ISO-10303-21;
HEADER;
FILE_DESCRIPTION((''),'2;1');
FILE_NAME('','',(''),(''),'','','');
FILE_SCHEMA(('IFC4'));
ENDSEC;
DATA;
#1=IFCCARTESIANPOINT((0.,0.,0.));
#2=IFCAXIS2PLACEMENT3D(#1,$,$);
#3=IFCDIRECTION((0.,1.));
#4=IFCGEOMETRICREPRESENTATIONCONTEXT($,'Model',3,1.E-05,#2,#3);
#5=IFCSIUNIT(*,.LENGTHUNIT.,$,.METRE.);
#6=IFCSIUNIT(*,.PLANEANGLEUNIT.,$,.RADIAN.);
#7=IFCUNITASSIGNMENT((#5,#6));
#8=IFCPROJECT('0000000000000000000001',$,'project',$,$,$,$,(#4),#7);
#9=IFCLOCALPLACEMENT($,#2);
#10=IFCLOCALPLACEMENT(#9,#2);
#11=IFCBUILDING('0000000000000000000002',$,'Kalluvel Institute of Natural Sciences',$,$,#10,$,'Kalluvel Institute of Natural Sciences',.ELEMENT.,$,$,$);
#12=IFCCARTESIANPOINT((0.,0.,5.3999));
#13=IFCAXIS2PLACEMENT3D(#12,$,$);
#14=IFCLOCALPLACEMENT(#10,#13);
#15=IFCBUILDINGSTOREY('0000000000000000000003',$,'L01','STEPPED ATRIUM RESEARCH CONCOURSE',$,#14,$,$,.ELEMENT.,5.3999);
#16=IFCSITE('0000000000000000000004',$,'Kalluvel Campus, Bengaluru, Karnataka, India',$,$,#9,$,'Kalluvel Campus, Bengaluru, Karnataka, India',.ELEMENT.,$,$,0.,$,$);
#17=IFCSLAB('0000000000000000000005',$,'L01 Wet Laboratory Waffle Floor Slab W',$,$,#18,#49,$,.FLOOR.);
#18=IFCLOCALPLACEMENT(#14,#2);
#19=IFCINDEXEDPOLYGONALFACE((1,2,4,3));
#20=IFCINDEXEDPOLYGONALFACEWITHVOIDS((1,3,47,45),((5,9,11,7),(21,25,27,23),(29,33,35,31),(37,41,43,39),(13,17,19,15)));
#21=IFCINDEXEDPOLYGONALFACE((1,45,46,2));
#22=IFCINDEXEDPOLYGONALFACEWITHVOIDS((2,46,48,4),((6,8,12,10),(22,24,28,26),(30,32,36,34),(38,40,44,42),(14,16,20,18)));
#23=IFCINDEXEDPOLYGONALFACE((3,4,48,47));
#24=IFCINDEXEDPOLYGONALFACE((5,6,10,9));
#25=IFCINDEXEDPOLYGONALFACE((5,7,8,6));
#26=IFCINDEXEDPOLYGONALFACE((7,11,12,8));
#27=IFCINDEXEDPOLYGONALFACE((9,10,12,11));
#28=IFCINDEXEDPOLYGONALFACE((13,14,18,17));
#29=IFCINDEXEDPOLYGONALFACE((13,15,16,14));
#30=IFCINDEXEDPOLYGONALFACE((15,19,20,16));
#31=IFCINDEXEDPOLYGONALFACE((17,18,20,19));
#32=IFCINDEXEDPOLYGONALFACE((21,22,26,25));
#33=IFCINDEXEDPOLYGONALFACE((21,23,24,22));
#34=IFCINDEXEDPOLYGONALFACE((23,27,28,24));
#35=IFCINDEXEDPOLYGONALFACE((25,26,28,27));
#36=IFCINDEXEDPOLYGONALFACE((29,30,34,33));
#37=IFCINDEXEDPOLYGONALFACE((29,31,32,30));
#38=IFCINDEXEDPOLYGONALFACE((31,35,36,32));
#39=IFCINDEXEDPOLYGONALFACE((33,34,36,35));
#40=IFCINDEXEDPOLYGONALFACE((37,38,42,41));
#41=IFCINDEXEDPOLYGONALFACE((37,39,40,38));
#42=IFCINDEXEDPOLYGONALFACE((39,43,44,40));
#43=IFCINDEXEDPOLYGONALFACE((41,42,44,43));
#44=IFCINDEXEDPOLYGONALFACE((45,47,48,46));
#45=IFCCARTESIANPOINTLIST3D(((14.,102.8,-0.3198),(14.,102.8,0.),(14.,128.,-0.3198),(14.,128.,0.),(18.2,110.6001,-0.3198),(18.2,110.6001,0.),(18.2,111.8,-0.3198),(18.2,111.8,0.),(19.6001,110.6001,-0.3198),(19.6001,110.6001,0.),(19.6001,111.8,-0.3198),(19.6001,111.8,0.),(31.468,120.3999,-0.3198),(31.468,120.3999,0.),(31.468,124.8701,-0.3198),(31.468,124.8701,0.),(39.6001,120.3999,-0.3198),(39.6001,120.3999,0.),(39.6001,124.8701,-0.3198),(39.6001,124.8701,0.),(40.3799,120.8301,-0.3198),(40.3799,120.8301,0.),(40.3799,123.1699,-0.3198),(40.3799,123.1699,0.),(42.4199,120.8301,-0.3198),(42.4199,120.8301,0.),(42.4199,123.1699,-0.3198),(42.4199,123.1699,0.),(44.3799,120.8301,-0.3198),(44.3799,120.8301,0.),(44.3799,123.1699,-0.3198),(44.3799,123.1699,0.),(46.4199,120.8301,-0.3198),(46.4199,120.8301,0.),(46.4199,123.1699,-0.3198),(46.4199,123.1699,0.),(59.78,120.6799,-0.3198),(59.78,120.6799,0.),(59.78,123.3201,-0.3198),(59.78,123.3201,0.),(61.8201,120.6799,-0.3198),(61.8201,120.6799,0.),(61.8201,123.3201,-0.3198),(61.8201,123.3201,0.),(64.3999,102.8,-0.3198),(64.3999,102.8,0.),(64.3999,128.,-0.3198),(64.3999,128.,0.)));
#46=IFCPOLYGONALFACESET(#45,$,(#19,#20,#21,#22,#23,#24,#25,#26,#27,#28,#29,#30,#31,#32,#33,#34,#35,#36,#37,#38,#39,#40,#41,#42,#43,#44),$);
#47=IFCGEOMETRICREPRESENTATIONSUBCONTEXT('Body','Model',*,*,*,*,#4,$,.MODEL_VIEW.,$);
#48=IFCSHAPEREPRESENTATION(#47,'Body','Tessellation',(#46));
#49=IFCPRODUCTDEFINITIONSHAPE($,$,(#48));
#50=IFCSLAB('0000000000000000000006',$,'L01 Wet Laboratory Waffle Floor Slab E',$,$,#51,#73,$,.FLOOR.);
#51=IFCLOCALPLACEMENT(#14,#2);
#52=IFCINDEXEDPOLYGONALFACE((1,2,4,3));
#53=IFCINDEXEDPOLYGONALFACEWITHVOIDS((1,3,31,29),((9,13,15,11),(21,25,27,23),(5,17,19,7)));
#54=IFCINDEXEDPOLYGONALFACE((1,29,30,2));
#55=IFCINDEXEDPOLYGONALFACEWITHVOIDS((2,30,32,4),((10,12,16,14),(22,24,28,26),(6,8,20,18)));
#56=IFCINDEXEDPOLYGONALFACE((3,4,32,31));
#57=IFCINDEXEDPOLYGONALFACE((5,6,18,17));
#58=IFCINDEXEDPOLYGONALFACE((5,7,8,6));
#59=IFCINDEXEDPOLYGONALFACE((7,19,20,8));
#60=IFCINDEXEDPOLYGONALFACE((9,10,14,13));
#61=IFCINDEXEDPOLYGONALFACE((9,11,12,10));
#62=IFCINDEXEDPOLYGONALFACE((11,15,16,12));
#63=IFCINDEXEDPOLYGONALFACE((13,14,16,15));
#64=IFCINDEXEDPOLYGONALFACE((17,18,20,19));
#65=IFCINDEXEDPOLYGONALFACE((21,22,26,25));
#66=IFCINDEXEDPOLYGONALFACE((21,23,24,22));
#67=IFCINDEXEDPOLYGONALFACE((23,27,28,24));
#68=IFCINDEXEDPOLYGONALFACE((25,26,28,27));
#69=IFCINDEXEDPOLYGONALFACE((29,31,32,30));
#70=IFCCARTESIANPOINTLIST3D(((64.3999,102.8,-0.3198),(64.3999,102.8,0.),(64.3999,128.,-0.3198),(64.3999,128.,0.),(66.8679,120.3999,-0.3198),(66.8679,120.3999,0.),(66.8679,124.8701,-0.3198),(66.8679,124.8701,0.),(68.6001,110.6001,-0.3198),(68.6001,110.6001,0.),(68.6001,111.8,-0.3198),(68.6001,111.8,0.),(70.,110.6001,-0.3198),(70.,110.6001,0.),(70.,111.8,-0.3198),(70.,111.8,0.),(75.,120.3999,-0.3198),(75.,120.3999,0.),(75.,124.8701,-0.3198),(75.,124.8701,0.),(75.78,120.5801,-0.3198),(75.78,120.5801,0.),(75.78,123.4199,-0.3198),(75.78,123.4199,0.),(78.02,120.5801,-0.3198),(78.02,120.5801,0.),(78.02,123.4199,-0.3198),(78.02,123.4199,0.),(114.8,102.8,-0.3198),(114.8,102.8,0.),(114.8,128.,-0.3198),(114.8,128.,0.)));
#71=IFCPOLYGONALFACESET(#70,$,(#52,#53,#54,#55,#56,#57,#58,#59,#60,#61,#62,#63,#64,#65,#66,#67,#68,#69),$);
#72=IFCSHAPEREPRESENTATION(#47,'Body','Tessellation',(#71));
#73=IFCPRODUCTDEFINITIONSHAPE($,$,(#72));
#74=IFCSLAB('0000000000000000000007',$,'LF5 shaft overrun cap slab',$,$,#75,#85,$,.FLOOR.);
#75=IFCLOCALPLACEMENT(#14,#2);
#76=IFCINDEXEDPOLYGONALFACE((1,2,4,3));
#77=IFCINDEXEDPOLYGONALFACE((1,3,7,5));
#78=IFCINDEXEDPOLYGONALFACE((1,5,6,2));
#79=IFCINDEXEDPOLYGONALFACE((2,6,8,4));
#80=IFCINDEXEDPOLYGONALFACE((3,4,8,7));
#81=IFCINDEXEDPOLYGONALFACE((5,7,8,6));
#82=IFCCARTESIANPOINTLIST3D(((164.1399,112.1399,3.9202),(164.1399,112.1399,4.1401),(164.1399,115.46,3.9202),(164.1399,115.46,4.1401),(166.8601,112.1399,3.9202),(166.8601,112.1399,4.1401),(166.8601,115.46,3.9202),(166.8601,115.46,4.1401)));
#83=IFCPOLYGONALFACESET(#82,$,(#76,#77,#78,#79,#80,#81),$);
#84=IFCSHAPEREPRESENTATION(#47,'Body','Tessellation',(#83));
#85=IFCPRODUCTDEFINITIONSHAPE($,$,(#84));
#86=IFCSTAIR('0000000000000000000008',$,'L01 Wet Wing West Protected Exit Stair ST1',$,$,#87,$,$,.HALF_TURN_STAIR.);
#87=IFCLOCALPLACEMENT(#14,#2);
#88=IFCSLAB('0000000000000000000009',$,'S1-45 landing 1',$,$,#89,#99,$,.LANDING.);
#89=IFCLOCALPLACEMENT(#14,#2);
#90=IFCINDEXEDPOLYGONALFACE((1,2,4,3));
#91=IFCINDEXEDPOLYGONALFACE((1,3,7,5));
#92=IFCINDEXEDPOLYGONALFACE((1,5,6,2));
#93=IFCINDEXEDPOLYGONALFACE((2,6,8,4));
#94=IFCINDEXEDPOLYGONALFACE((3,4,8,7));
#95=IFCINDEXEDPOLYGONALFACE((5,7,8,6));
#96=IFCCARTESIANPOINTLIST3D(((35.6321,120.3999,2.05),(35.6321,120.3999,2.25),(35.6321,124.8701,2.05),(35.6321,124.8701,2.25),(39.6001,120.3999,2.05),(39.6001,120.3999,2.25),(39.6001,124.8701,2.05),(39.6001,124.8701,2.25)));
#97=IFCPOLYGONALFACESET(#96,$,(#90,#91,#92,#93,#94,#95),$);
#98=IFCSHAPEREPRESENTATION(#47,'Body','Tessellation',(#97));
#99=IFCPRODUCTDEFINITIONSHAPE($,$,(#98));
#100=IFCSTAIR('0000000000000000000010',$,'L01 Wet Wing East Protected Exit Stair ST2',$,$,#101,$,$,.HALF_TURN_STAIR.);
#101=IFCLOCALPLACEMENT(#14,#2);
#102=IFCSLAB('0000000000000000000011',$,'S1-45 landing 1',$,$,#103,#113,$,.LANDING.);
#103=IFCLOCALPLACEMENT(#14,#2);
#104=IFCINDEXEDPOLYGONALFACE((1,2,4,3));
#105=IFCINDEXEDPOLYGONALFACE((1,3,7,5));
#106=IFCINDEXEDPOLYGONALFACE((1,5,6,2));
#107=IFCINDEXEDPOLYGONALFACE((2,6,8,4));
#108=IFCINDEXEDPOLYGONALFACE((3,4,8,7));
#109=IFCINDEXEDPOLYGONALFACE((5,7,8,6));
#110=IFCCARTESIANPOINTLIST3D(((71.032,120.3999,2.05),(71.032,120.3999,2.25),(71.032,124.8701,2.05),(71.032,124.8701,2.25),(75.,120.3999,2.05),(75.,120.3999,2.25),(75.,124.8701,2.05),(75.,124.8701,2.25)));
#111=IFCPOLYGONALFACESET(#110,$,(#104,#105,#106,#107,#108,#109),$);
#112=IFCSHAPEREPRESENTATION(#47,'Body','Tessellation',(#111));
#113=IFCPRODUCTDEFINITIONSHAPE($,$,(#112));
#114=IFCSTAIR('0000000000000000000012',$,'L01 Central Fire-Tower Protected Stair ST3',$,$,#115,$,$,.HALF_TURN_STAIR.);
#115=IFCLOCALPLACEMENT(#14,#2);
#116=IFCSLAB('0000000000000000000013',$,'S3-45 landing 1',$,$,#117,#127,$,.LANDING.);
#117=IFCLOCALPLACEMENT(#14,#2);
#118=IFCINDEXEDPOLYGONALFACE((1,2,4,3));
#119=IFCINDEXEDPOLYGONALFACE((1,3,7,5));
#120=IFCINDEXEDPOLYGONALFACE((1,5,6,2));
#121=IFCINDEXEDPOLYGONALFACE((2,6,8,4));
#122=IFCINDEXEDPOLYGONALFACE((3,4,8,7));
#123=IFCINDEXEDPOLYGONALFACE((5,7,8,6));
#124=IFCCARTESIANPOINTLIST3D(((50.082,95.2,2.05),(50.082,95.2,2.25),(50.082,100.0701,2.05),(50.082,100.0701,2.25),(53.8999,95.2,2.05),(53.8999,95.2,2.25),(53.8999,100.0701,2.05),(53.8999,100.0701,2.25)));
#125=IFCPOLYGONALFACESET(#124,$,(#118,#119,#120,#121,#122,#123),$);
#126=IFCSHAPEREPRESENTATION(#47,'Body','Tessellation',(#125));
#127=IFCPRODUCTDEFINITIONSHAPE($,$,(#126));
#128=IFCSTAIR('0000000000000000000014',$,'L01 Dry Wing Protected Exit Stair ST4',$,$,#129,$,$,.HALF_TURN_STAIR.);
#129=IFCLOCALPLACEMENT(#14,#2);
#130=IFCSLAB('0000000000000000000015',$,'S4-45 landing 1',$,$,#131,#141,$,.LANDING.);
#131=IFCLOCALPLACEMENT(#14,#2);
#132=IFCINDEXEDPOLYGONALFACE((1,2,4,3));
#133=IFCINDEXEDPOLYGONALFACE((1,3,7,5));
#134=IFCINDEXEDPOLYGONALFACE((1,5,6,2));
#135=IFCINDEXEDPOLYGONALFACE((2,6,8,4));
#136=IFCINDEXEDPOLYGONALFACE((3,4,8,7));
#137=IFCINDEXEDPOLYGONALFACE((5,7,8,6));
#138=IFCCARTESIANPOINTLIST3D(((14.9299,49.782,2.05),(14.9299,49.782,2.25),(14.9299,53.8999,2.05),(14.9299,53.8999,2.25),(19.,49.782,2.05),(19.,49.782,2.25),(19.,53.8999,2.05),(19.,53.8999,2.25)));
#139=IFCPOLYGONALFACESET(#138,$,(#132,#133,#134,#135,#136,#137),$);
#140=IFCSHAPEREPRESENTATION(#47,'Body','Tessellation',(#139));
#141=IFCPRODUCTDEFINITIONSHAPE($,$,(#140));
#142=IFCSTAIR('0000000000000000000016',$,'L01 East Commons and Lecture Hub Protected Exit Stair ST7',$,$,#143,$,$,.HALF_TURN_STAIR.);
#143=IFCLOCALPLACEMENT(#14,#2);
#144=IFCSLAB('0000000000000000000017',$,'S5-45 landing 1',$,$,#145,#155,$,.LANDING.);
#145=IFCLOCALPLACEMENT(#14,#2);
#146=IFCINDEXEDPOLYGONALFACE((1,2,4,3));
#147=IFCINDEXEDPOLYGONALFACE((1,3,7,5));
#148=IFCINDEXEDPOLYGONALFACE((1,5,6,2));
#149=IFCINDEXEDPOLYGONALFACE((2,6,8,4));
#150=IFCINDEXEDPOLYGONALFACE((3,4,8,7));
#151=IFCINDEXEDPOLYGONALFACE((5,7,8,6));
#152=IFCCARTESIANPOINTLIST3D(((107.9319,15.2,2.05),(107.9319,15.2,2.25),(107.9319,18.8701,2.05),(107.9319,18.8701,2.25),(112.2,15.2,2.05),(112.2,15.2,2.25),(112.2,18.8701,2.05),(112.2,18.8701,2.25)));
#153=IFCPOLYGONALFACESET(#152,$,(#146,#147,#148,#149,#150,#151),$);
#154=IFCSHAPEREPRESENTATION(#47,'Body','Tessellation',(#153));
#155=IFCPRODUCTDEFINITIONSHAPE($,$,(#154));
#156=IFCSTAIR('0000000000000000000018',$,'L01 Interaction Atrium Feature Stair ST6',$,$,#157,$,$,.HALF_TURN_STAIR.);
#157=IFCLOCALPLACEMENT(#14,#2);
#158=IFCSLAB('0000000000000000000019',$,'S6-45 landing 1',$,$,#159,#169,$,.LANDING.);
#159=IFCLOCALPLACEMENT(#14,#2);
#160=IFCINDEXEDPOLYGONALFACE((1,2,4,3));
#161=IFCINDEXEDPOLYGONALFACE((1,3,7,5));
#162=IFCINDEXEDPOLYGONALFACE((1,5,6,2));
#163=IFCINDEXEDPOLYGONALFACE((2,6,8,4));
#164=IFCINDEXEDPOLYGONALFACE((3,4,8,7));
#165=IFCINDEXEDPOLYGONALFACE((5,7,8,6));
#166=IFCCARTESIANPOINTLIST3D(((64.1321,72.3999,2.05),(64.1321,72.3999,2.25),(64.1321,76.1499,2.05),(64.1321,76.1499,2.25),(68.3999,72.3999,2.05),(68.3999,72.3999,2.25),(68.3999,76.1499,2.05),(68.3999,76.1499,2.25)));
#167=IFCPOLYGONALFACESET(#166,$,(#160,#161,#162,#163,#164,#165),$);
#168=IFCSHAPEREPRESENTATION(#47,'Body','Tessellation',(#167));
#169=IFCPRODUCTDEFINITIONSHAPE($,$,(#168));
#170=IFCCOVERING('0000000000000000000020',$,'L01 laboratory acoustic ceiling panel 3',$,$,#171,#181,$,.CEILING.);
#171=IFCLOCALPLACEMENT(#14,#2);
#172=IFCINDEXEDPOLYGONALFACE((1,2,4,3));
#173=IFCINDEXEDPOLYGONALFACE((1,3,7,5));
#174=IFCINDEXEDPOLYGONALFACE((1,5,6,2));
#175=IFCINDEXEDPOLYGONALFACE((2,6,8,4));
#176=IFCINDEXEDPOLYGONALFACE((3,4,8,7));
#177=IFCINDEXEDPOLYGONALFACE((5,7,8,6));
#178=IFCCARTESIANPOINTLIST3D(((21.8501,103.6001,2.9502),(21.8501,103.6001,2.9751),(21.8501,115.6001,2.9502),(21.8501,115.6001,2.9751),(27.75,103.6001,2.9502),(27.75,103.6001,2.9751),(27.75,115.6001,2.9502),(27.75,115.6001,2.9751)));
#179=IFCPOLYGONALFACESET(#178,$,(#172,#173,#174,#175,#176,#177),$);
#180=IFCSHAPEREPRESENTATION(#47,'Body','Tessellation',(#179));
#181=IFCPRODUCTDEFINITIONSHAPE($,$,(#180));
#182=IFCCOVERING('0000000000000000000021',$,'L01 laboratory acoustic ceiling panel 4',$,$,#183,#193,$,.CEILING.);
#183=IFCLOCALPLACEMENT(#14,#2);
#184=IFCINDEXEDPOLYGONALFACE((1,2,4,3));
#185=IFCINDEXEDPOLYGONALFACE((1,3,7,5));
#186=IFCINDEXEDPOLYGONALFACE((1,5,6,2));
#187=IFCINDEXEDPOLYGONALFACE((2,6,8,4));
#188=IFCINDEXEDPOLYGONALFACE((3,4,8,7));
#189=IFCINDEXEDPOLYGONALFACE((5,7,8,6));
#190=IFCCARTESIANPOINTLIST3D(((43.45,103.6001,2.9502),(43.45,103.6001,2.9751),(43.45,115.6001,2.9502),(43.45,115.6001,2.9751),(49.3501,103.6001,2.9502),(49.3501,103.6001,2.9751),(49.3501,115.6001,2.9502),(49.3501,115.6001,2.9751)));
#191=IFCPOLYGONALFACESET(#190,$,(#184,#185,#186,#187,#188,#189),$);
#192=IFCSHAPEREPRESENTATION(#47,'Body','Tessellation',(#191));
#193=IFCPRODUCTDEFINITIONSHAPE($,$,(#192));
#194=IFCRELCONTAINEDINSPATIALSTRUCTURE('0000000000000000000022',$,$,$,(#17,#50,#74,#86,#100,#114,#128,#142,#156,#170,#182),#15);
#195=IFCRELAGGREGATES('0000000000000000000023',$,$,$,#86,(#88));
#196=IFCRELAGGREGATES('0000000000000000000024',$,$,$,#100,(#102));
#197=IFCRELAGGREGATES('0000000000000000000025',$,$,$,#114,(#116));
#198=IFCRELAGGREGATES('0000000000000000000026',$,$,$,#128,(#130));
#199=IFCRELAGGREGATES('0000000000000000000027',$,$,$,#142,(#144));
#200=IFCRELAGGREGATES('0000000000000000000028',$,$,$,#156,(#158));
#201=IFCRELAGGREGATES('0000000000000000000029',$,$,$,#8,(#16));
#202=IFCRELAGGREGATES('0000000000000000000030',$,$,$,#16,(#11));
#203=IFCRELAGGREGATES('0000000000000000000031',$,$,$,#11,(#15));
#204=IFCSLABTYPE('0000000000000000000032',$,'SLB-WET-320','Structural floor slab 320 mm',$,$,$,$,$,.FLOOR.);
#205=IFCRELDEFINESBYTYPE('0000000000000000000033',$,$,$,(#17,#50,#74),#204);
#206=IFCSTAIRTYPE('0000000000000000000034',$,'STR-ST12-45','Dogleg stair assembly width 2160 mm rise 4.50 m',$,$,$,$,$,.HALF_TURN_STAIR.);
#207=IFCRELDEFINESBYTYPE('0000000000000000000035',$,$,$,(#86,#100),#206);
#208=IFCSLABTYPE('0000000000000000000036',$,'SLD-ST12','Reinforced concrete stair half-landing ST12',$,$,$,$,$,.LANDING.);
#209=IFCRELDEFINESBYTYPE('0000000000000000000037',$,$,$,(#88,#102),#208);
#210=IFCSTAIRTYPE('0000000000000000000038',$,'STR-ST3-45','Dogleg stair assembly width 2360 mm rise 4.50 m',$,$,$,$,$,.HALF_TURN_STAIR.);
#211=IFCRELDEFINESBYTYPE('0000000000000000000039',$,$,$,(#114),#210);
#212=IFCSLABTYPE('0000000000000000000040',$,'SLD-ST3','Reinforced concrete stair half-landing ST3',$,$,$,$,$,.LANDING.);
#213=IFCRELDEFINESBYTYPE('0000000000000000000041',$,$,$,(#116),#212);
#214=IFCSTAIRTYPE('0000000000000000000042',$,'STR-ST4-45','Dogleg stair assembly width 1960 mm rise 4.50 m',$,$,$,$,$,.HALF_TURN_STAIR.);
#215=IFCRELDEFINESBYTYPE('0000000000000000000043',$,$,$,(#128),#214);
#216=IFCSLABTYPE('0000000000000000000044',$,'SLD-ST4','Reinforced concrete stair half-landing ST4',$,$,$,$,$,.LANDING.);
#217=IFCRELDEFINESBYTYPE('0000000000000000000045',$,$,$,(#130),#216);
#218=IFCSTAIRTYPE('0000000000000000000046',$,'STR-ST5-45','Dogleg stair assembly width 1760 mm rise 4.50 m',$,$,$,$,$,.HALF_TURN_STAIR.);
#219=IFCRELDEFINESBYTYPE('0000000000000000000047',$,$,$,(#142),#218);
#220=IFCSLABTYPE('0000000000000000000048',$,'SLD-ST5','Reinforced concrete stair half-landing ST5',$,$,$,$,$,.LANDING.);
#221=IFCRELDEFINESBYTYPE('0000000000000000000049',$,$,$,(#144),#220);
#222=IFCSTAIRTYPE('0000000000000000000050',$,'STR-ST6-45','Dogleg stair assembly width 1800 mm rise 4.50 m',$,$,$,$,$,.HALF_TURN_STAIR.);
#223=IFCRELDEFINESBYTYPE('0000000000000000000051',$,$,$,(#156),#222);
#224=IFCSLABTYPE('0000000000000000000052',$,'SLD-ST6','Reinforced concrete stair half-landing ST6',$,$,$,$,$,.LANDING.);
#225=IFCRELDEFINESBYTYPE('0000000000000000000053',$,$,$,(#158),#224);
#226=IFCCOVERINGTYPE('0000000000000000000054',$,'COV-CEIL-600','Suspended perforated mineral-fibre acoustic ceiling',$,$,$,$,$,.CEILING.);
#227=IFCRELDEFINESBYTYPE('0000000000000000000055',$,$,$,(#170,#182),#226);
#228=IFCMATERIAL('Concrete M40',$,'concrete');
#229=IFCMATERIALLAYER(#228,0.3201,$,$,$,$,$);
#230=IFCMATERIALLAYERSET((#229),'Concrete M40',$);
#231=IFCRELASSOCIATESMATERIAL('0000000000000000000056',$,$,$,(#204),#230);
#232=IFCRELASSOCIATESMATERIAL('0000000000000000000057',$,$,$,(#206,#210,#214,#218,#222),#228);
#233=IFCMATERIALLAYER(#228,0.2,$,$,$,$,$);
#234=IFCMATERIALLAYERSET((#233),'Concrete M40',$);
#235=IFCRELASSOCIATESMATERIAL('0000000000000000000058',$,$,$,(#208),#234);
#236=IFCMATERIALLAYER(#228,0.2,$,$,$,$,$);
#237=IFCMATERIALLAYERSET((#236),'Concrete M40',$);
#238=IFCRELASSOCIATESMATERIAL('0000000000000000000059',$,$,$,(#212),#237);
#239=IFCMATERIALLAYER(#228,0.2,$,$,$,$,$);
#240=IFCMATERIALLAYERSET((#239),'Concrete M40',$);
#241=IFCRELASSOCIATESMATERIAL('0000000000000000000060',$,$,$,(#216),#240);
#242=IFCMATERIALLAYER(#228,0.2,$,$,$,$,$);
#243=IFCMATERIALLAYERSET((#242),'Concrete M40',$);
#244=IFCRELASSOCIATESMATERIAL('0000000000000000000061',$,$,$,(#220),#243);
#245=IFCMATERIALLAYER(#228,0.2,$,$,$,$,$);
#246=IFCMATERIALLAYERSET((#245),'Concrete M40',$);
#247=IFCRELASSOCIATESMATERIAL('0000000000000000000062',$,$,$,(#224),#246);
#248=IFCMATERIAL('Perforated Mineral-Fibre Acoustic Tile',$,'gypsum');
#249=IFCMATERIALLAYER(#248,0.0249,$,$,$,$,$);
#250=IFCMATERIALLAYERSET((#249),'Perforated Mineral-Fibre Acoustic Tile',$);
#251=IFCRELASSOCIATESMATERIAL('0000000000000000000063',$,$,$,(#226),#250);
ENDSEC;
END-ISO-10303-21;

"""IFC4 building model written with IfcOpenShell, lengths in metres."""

from ifc_helpers import new_model, si_unit, direction, frame, origin, place, context, subcontext, project, spatial, polyline, outline, extrude, material, layer, layer_set, type_object, element, aggregate, save


model = new_model("IFC4")

# Units and contexts
model_context = context("Model", 3, precision=1e-05, world=origin(), true_north=direction((0.0, 1.0)))
body_context = subcontext(model_context, "Body", "Model", "MODEL_VIEW")
ifc_project = project(units=[si_unit("LENGTHUNIT", "METRE"), si_unit("PLANEANGLEUNIT", "RADIAN")], contexts=[model_context])

# Site, building, storey
site_placement = place(None, origin())
site = spatial("IfcSite", under=ifc_project, at=site_placement, Name="Kalluvel Campus, Bengaluru, Karnataka, India", LongName="Kalluvel Campus, Bengaluru, Karnataka, India", CompositionType="ELEMENT", RefElevation=0.0)
building_placement = place(site_placement, origin())
building = spatial("IfcBuilding", under=site, at=building_placement, Name="Kalluvel Institute of Natural Sciences", LongName="Kalluvel Institute of Natural Sciences", CompositionType="ELEMENT")
storey_placement = place(building_placement, frame((0.0, 0.0, 5.3999)))
storey = spatial("IfcBuildingStorey", under=building, at=storey_placement, Name="L01", Description="STEPPED ATRIUM RESEARCH CONCOURSE", CompositionType="ELEMENT", Elevation=5.3999)

# Slabs
ifc_material_1 = material(Name="Concrete M40", Category="concrete")
ifc_layer_1 = layer(ifc_material_1, 0.3201)
ifc_layer_set_1 = layer_set([ifc_layer_1], Name="Concrete M40")
slab_type_1 = type_object("IfcSlabType", Name="SLB-WET-320", Description="Structural floor slab 320 mm", PredefinedType="FLOOR", material=ifc_layer_set_1)
slab_1_placement = place(storey_placement, frame((0.0, 0.0, -0.3198)))
element("IfcSlab", 1, at=slab_1_placement, inside=storey, type_object=slab_type_1, Name="L01 Wet Laboratory Waffle Floor Slab W", PredefinedType="FLOOR", context=body_context, shape_type="SweptSolid", body=[
    extrude(outline(polyline([(14.0, 102.8), (64.3999, 102.8), (64.3999, 128.0), (14.0, 128.0), (14.0, 102.8)]), holes=[polyline([(61.8201, 120.6799), (59.78, 120.6799), (59.78, 123.3201), (61.8201, 123.3201), (61.8201, 120.6799)]), polyline([(46.4199, 123.1699), (46.4199, 120.8301), (44.3799, 120.8301), (44.3799, 123.1699), (46.4199, 123.1699)]), polyline([(42.4199, 123.1699), (42.4199, 120.8301), (40.3799, 120.8301), (40.3799, 123.1699), (42.4199, 123.1699)]), polyline([(39.6001, 120.3999), (31.468, 120.3999), (31.468, 124.8701), (39.6001, 124.8701), (39.6001, 120.3999)]), polyline([(19.6001, 111.8), (19.6001, 110.6001), (18.2, 110.6001), (18.2, 111.8), (19.6001, 111.8)])]), origin(), (0.0, 0.0, 1.0), 0.3198),
])
slab_2_placement = place(storey_placement, frame((0.0, 0.0, -0.3198)))
element("IfcSlab", 2, at=slab_2_placement, inside=storey, type_object=slab_type_1, Name="L01 Wet Laboratory Waffle Floor Slab E", PredefinedType="FLOOR", context=body_context, shape_type="SweptSolid", body=[
    extrude(outline(polyline([(64.3999, 102.8), (114.8, 102.8), (114.8, 128.0), (64.3999, 128.0), (64.3999, 102.8)]), holes=[polyline([(78.02, 123.4199), (78.02, 120.5801), (75.78, 120.5801), (75.78, 123.4199), (78.02, 123.4199)]), polyline([(75.0, 124.8701), (75.0, 120.3999), (66.8679, 120.3999), (66.8679, 124.8701), (75.0, 124.8701)]), polyline([(68.6001, 111.8), (70.0, 111.8), (70.0, 110.6001), (68.6001, 110.6001), (68.6001, 111.8)])]), origin(), (0.0, 0.0, 1.0), 0.3198),
])
slab_3_placement = place(storey_placement, frame((0.0, 0.0, 3.9202)))
element("IfcSlab", 3, at=slab_3_placement, inside=storey, type_object=slab_type_1, Name="LF5 shaft overrun cap slab", PredefinedType="FLOOR", context=body_context, shape_type="SweptSolid", body=[
    extrude(outline(polyline([(164.1399, 112.1399), (166.8601, 112.1399), (166.8601, 115.46), (164.1399, 115.46), (164.1399, 112.1399)])), origin(), (0.0, 0.0, 1.0), 0.22),
])

# Stairs, slabs
stair_type_1 = type_object("IfcStairType", Name="STR-ST12-45", Description="Dogleg stair assembly width 2160 mm rise 4.50 m", PredefinedType="HALF_TURN_STAIR", material=ifc_material_1)
stair_1_placement = place(storey_placement, origin())
stair_1 = element("IfcStair", 4, at=stair_1_placement, inside=storey, type_object=stair_type_1, Name="L01 Wet Wing West Protected Exit Stair ST1", PredefinedType="HALF_TURN_STAIR")
ifc_layer_2 = layer(ifc_material_1, 0.2)
ifc_layer_set_2 = layer_set([ifc_layer_2], Name="Concrete M40")
slab_type_2 = type_object("IfcSlabType", Name="SLD-ST12", Description="Reinforced concrete stair half-landing ST12", PredefinedType="LANDING", material=ifc_layer_set_2)
slab_4_placement = place(storey_placement, frame((0.0, 0.0, 2.05)))
slab_4 = element("IfcSlab", 5, at=slab_4_placement, type_object=slab_type_2, Name="S1-45 landing 1", PredefinedType="LANDING", context=body_context, shape_type="SweptSolid", body=[
    extrude(outline(polyline([(35.6321, 120.3999), (39.6001, 120.3999), (39.6001, 124.8701), (35.6321, 124.8701), (35.6321, 120.3999)])), origin(), (0.0, 0.0, 1.0), 0.2),
])
aggregate(stair_1, [slab_4])
stair_2_placement = place(storey_placement, origin())
stair_2 = element("IfcStair", 6, at=stair_2_placement, inside=storey, type_object=stair_type_1, Name="L01 Wet Wing East Protected Exit Stair ST2", PredefinedType="HALF_TURN_STAIR")
slab_5_placement = place(storey_placement, frame((0.0, 0.0, 2.05)))
slab_5 = element("IfcSlab", 7, at=slab_5_placement, type_object=slab_type_2, Name="S1-45 landing 1", PredefinedType="LANDING", context=body_context, shape_type="SweptSolid", body=[
    extrude(outline(polyline([(71.032, 120.3999), (75.0, 120.3999), (75.0, 124.8701), (71.032, 124.8701), (71.032, 120.3999)])), origin(), (0.0, 0.0, 1.0), 0.2),
])
aggregate(stair_2, [slab_5])
stair_type_2 = type_object("IfcStairType", Name="STR-ST3-45", Description="Dogleg stair assembly width 2360 mm rise 4.50 m", PredefinedType="HALF_TURN_STAIR", material=ifc_material_1)
stair_3_placement = place(storey_placement, origin())
stair_3 = element("IfcStair", 8, at=stair_3_placement, inside=storey, type_object=stair_type_2, Name="L01 Central Fire-Tower Protected Stair ST3", PredefinedType="HALF_TURN_STAIR")
ifc_layer_3 = layer(ifc_material_1, 0.2)
ifc_layer_set_3 = layer_set([ifc_layer_3], Name="Concrete M40")
slab_type_3 = type_object("IfcSlabType", Name="SLD-ST3", Description="Reinforced concrete stair half-landing ST3", PredefinedType="LANDING", material=ifc_layer_set_3)
slab_6_placement = place(storey_placement, frame((0.0, 0.0, 2.05)))
slab_6 = element("IfcSlab", 9, at=slab_6_placement, type_object=slab_type_3, Name="S3-45 landing 1", PredefinedType="LANDING", context=body_context, shape_type="SweptSolid", body=[
    extrude(outline(polyline([(50.082, 95.2), (53.8999, 95.2), (53.8999, 100.0701), (50.082, 100.0701), (50.082, 95.2)])), origin(), (0.0, 0.0, 1.0), 0.2),
])
aggregate(stair_3, [slab_6])
stair_type_3 = type_object("IfcStairType", Name="STR-ST4-45", Description="Dogleg stair assembly width 1960 mm rise 4.50 m", PredefinedType="HALF_TURN_STAIR", material=ifc_material_1)
stair_4_placement = place(storey_placement, origin())
stair_4 = element("IfcStair", 10, at=stair_4_placement, inside=storey, type_object=stair_type_3, Name="L01 Dry Wing Protected Exit Stair ST4", PredefinedType="HALF_TURN_STAIR")
ifc_layer_4 = layer(ifc_material_1, 0.2)
ifc_layer_set_4 = layer_set([ifc_layer_4], Name="Concrete M40")
slab_type_4 = type_object("IfcSlabType", Name="SLD-ST4", Description="Reinforced concrete stair half-landing ST4", PredefinedType="LANDING", material=ifc_layer_set_4)
slab_7_placement = place(storey_placement, frame((0.0, 0.0, 2.05)))
slab_7 = element("IfcSlab", 11, at=slab_7_placement, type_object=slab_type_4, Name="S4-45 landing 1", PredefinedType="LANDING", context=body_context, shape_type="SweptSolid", body=[
    extrude(outline(polyline([(19.0, 49.782), (19.0, 53.8999), (14.9299, 53.8999), (14.9299, 49.782), (19.0, 49.782)])), origin(), (0.0, 0.0, 1.0), 0.2),
])
aggregate(stair_4, [slab_7])
stair_type_4 = type_object("IfcStairType", Name="STR-ST5-45", Description="Dogleg stair assembly width 1760 mm rise 4.50 m", PredefinedType="HALF_TURN_STAIR", material=ifc_material_1)
stair_5_placement = place(storey_placement, origin())
stair_5 = element("IfcStair", 12, at=stair_5_placement, inside=storey, type_object=stair_type_4, Name="L01 East Commons and Lecture Hub Protected Exit Stair ST7", PredefinedType="HALF_TURN_STAIR")
ifc_layer_5 = layer(ifc_material_1, 0.2)
ifc_layer_set_5 = layer_set([ifc_layer_5], Name="Concrete M40")
slab_type_5 = type_object("IfcSlabType", Name="SLD-ST5", Description="Reinforced concrete stair half-landing ST5", PredefinedType="LANDING", material=ifc_layer_set_5)
slab_8_placement = place(storey_placement, frame((0.0, 0.0, 2.05)))
slab_8 = element("IfcSlab", 13, at=slab_8_placement, type_object=slab_type_5, Name="S5-45 landing 1", PredefinedType="LANDING", context=body_context, shape_type="SweptSolid", body=[
    extrude(outline(polyline([(107.9319, 15.2), (112.2, 15.2), (112.2, 18.8701), (107.9319, 18.8701), (107.9319, 15.2)])), origin(), (0.0, 0.0, 1.0), 0.2),
])
aggregate(stair_5, [slab_8])
stair_type_5 = type_object("IfcStairType", Name="STR-ST6-45", Description="Dogleg stair assembly width 1800 mm rise 4.50 m", PredefinedType="HALF_TURN_STAIR", material=ifc_material_1)
stair_6_placement = place(storey_placement, origin())
stair_6 = element("IfcStair", 14, at=stair_6_placement, inside=storey, type_object=stair_type_5, Name="L01 Interaction Atrium Feature Stair ST6", PredefinedType="HALF_TURN_STAIR")
ifc_layer_6 = layer(ifc_material_1, 0.2)
ifc_layer_set_6 = layer_set([ifc_layer_6], Name="Concrete M40")
slab_type_6 = type_object("IfcSlabType", Name="SLD-ST6", Description="Reinforced concrete stair half-landing ST6", PredefinedType="LANDING", material=ifc_layer_set_6)
slab_9_placement = place(storey_placement, frame((0.0, 0.0, 2.05)))
slab_9 = element("IfcSlab", 15, at=slab_9_placement, type_object=slab_type_6, Name="S6-45 landing 1", PredefinedType="LANDING", context=body_context, shape_type="SweptSolid", body=[
    extrude(outline(polyline([(64.1321, 72.3999), (68.3999, 72.3999), (68.3999, 76.1499), (64.1321, 76.1499), (64.1321, 72.3999)])), origin(), (0.0, 0.0, 1.0), 0.2),
])
aggregate(stair_6, [slab_9])

# Coverings
ifc_material_2 = material(Name="Perforated Mineral-Fibre Acoustic Tile", Category="gypsum")
ifc_layer_7 = layer(ifc_material_2, 0.0249)
ifc_layer_set_7 = layer_set([ifc_layer_7], Name="Perforated Mineral-Fibre Acoustic Tile")
covering_type_1 = type_object("IfcCoveringType", Name="COV-CEIL-600", Description="Suspended perforated mineral-fibre acoustic ceiling", PredefinedType="CEILING", material=ifc_layer_set_7)
covering_1_placement = place(storey_placement, frame((0.0, 0.0, 2.9502)))
element("IfcCovering", 16, at=covering_1_placement, inside=storey, type_object=covering_type_1, Name="L01 laboratory acoustic ceiling panel 3", PredefinedType="CEILING", context=body_context, shape_type="SweptSolid", body=[
    extrude(outline(polyline([(21.8501, 103.6001), (27.75, 103.6001), (27.75, 115.6001), (21.8501, 115.6001), (21.8501, 103.6001)])), origin(), (0.0, 0.0, 1.0), 0.0249),
])
covering_2_placement = place(storey_placement, frame((0.0, 0.0, 2.9502)))
element("IfcCovering", 17, at=covering_2_placement, inside=storey, type_object=covering_type_1, Name="L01 laboratory acoustic ceiling panel 4", PredefinedType="CEILING", context=body_context, shape_type="SweptSolid", body=[
    extrude(outline(polyline([(43.45, 103.6001), (49.3501, 103.6001), (49.3501, 115.6001), (43.45, 115.6001), (43.45, 103.6001)])), origin(), (0.0, 0.0, 1.0), 0.0249),
])

save(model, "model.ifc")
